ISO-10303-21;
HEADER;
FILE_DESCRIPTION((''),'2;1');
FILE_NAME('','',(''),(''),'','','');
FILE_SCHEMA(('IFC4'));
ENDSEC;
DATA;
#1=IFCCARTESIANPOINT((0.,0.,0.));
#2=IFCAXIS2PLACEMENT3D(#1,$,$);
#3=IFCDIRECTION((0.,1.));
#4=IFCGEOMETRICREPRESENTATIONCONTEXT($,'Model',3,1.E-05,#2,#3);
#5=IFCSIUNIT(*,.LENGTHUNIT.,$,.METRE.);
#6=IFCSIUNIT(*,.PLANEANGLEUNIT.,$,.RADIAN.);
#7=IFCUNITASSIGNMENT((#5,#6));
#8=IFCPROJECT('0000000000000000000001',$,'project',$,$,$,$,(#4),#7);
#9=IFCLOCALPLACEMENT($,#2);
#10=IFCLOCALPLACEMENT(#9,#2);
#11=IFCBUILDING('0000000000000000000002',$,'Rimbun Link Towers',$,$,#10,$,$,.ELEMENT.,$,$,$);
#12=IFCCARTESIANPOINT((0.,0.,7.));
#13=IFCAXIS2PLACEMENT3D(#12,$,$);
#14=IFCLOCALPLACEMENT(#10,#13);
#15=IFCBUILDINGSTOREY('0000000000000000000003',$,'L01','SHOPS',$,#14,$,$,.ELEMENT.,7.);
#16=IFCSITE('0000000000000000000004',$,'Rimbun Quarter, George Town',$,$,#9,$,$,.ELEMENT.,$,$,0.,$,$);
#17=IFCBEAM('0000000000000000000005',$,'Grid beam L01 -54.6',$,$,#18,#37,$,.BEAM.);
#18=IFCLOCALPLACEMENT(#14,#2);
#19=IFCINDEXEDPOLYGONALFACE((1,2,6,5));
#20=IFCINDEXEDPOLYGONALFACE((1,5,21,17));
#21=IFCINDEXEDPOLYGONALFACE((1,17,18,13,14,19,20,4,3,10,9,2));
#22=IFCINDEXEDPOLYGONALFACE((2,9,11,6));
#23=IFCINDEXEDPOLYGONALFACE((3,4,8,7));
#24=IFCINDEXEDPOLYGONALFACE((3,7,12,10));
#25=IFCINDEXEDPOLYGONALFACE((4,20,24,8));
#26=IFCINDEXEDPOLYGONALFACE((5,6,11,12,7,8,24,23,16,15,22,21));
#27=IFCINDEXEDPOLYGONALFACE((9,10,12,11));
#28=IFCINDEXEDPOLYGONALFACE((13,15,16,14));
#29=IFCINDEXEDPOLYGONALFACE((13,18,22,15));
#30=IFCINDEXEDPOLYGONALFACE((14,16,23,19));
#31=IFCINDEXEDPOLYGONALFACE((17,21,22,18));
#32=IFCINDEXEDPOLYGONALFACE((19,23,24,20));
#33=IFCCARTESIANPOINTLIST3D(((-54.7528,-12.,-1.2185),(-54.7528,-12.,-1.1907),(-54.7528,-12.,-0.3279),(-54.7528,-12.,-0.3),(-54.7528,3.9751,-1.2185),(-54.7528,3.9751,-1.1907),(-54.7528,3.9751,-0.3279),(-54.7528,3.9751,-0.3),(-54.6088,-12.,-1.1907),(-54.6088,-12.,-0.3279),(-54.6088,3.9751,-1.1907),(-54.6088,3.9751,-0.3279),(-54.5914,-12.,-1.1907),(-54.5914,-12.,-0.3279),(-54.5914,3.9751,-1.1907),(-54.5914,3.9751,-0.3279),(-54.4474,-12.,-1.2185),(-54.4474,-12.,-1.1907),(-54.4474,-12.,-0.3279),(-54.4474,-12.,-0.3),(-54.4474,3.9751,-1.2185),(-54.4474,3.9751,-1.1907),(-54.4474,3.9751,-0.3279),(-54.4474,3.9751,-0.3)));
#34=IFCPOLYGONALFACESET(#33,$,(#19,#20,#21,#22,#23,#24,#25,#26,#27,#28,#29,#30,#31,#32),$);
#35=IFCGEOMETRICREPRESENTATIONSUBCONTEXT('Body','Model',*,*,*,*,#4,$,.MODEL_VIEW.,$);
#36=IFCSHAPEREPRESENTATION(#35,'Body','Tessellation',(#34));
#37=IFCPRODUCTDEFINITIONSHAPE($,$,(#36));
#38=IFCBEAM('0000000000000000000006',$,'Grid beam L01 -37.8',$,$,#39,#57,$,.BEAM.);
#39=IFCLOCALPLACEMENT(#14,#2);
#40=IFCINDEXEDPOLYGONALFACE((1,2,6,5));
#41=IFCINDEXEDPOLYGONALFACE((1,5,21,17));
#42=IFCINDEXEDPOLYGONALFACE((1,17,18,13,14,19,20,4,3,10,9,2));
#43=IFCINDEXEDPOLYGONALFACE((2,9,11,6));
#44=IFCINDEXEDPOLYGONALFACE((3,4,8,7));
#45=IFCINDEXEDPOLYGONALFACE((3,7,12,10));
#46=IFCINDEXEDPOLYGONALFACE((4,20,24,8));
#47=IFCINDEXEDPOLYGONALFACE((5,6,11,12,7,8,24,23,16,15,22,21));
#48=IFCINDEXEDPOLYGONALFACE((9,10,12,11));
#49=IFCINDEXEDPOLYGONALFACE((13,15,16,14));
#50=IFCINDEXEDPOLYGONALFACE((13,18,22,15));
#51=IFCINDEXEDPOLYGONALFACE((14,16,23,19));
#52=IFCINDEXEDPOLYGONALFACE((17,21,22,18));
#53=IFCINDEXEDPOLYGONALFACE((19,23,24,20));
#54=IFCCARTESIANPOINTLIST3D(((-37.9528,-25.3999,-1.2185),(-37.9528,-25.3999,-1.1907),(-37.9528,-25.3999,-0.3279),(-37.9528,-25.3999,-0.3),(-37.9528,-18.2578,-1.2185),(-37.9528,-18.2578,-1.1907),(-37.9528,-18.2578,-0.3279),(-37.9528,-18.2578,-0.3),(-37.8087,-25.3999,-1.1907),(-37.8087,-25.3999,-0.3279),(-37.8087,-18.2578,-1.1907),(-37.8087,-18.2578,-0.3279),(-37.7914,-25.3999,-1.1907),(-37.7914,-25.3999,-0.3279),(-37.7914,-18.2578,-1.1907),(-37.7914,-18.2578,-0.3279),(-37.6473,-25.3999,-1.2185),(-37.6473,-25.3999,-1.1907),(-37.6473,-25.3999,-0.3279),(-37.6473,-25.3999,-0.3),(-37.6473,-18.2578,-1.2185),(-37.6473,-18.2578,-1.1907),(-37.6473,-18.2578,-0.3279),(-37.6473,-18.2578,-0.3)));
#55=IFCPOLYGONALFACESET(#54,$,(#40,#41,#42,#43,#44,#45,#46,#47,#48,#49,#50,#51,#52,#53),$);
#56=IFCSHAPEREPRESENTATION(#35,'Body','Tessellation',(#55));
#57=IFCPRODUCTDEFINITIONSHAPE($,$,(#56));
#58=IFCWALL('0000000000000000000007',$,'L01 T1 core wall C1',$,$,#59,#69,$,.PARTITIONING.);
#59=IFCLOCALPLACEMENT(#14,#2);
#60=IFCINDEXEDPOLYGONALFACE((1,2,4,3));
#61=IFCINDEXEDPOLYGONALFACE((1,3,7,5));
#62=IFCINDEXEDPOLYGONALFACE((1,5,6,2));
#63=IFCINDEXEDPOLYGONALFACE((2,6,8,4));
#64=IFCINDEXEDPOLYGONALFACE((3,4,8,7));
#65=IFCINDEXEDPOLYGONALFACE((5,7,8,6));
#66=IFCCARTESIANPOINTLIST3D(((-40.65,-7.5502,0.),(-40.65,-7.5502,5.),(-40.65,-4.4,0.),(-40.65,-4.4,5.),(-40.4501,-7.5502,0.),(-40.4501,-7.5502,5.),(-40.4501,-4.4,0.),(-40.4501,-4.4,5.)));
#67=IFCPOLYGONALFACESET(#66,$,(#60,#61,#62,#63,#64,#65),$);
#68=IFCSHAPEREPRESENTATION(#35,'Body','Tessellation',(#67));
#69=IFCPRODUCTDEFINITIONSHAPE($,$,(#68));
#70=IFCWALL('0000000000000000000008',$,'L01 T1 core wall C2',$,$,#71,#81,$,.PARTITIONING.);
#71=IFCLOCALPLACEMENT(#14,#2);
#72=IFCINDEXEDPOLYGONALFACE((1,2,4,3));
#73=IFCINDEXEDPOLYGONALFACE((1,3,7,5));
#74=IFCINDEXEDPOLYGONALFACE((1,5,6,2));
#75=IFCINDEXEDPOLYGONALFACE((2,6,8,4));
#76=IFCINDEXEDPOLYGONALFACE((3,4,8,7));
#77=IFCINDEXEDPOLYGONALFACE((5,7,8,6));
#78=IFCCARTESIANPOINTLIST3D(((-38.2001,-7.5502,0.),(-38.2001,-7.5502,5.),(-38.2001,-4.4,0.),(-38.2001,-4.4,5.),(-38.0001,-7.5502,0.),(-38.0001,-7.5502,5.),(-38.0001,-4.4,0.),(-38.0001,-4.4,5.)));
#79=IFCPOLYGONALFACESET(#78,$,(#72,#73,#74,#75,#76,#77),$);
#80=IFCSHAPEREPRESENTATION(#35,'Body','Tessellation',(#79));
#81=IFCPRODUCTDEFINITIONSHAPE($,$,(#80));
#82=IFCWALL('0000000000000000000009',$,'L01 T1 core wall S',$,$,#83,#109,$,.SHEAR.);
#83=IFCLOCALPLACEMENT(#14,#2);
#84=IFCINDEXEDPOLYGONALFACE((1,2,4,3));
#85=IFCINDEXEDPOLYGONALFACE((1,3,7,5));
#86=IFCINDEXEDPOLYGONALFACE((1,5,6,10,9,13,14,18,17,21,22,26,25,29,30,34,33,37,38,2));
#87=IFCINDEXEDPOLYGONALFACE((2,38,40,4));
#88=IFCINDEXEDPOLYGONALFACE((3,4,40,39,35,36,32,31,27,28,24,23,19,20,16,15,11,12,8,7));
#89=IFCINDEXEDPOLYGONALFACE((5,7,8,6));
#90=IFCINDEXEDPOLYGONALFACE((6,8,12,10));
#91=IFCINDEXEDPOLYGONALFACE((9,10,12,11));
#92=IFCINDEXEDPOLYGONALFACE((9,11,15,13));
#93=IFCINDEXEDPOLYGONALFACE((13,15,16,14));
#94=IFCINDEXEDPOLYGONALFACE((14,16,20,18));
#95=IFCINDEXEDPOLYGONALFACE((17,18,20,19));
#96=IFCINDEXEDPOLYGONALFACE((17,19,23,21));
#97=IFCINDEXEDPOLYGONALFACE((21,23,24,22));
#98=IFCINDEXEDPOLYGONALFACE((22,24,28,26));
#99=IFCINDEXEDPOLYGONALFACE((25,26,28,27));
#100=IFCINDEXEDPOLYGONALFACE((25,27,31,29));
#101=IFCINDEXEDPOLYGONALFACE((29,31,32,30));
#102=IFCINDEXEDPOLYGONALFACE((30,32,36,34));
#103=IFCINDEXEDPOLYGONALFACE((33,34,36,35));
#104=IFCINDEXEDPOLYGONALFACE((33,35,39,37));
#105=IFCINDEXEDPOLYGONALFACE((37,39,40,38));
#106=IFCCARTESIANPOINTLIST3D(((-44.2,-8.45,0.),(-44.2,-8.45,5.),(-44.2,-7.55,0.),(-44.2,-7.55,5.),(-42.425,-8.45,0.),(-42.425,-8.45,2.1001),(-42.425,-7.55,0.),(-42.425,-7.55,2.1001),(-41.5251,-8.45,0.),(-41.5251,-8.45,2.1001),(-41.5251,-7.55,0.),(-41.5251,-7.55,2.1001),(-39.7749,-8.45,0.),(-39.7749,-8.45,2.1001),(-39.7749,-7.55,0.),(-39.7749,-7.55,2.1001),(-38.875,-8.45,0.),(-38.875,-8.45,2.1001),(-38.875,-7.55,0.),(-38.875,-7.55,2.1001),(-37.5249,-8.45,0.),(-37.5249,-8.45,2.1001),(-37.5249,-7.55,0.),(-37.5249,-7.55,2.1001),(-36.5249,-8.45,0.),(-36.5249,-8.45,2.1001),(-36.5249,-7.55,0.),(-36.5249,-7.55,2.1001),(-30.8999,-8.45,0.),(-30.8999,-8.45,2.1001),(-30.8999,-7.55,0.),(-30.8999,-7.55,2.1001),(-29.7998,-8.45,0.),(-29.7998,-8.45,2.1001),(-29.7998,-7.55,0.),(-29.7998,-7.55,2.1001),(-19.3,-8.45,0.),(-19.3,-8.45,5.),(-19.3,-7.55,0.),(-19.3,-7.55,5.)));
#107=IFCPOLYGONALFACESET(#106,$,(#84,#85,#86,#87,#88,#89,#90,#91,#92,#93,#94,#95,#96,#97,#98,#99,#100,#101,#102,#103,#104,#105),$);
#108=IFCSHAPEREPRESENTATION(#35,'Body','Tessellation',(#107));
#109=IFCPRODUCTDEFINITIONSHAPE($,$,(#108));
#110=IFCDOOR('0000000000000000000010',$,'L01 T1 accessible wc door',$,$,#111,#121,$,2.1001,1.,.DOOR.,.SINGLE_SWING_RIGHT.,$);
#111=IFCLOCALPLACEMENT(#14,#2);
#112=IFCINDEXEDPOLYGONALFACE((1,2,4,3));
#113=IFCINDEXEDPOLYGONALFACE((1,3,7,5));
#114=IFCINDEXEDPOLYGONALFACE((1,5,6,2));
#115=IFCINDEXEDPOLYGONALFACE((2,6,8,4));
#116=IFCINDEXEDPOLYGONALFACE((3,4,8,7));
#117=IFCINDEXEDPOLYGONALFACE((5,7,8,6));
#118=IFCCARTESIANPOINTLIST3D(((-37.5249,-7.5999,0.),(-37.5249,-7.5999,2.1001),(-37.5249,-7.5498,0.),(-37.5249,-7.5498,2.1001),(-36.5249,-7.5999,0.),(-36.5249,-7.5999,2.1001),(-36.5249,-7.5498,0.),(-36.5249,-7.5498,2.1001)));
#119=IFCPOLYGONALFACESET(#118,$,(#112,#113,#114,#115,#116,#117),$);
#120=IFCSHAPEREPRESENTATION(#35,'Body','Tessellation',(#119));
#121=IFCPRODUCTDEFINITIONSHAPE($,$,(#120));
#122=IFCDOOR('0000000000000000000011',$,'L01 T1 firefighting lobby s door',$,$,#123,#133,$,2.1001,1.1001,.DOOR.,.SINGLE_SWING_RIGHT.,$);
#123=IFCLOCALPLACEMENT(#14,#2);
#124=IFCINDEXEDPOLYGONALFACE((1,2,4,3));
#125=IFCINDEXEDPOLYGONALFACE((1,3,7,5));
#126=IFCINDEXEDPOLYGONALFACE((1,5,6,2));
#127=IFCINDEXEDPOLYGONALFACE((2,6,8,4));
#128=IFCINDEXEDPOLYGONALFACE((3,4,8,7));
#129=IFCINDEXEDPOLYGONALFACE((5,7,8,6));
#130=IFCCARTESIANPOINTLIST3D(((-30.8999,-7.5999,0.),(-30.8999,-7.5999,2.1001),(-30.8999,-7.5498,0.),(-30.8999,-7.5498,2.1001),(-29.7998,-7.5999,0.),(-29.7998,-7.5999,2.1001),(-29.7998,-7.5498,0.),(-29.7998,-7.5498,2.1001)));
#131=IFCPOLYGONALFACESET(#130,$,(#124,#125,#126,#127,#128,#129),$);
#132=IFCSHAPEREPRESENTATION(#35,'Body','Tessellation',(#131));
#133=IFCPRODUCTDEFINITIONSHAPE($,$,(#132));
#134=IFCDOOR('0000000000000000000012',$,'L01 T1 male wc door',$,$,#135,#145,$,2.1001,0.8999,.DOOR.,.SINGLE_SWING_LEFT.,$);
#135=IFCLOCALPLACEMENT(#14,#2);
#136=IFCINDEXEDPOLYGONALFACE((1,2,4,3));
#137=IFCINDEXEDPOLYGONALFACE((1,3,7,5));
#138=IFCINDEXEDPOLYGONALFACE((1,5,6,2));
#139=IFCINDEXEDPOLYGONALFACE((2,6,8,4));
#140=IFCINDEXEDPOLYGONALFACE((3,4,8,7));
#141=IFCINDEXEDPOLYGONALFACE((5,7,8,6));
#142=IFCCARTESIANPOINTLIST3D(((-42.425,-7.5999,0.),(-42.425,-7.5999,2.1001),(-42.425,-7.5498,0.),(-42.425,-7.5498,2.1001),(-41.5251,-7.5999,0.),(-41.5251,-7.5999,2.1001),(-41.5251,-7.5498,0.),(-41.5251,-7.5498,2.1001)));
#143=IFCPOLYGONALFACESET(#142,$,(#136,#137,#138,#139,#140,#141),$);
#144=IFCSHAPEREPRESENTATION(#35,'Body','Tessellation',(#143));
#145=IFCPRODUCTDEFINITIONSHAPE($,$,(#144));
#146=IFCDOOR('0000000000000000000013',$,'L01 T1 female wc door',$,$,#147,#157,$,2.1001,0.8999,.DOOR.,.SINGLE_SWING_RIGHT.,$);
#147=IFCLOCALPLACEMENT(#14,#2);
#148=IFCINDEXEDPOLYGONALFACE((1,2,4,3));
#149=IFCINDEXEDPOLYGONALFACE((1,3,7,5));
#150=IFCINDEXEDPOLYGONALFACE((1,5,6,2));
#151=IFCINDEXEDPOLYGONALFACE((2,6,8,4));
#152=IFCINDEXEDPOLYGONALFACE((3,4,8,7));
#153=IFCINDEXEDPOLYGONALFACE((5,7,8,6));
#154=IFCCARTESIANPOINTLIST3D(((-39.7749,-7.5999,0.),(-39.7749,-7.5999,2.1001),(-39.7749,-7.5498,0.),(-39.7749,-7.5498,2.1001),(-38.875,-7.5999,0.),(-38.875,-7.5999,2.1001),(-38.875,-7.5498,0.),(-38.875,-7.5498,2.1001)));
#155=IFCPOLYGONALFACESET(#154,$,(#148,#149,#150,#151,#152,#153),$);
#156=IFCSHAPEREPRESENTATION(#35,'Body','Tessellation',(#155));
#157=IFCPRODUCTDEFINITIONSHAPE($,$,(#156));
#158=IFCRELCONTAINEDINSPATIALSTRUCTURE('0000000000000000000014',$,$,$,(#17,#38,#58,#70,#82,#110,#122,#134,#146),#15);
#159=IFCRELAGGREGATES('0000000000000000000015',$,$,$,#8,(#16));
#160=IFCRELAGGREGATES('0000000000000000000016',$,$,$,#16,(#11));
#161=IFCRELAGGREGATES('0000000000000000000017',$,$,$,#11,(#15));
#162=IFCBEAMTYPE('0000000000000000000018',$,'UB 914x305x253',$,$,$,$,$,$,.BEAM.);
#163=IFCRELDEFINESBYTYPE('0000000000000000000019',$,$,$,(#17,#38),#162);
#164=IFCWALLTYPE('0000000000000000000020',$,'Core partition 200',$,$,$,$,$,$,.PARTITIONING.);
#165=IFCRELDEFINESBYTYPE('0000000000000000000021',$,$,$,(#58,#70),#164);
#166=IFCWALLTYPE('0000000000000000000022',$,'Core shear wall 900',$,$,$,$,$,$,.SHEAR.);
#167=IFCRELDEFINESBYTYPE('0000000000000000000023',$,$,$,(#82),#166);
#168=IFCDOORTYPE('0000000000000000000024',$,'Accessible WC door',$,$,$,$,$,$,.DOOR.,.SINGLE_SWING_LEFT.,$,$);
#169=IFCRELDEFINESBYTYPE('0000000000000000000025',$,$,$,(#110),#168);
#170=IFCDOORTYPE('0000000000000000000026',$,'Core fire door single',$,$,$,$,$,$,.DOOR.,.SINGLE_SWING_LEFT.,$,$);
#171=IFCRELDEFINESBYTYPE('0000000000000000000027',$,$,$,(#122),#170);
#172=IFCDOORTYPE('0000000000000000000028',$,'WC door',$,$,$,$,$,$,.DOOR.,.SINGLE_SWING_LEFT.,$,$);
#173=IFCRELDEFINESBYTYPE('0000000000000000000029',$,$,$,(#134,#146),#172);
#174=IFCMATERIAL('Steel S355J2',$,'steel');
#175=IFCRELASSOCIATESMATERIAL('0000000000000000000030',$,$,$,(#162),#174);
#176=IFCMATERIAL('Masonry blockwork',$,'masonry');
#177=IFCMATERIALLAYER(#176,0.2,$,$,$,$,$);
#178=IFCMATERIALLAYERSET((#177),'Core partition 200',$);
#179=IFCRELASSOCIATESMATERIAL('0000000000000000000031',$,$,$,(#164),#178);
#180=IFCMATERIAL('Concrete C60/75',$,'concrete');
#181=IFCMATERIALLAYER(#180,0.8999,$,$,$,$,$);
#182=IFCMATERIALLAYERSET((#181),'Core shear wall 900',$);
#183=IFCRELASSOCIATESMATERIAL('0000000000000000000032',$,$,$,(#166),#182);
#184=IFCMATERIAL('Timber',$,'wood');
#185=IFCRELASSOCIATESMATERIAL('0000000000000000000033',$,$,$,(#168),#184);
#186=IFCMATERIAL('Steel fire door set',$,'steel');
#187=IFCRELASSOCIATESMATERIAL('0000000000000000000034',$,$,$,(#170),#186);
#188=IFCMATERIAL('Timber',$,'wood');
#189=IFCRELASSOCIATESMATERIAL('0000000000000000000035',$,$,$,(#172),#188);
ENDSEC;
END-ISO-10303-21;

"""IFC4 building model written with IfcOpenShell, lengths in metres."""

from ifc_helpers import new_model, si_unit, direction, frame, frame_2d, origin, origin_2d, place, context, subcontext, project, spatial, rectangle, i_section, extrude, material, layer, layer_set, material_profile, profile_set, type_object, element, fill, save


model = new_model("IFC4")

# Units and contexts
model_context = context("Model", 3, precision=1e-05, world=origin(), true_north=direction((0.0, 1.0)))
body_context = subcontext(model_context, "Body", "Model", "MODEL_VIEW")
ifc_project = project(units=[si_unit("LENGTHUNIT", "METRE"), si_unit("PLANEANGLEUNIT", "RADIAN")], contexts=[model_context])

# Site, building, storey
site_placement = place(None, origin())
site = spatial("IfcSite", under=ifc_project, at=site_placement, Name="Rimbun Quarter, George Town", CompositionType="ELEMENT", RefElevation=0.0)
building_placement = place(site_placement, origin())
building = spatial("IfcBuilding", under=site, at=building_placement, Name="Rimbun Link Towers", CompositionType="ELEMENT")
storey_placement = place(building_placement, frame((0.0, 0.0, 7.0)))
storey = spatial("IfcBuildingStorey", under=building, at=storey_placement, Name="L01", Description="SHOPS", CompositionType="ELEMENT", Elevation=7.0)

# Beams
ifc_material_1 = material(Name="Steel S355J2", Category="steel")
ifc_material_profile_1 = material_profile(ifc_material_1, i_section(OverallWidth=0.3054, OverallDepth=0.9185, WebThickness=0.0173, FlangeThickness=0.0278, at=origin_2d()), Name="UB 914x305x253")
ifc_profile_set_1 = profile_set([ifc_material_profile_1], Name="Steel S355J2")
beam_type_1 = type_object("IfcBeamType", Name="UB 914x305x253", PredefinedType="BEAM", material=ifc_profile_set_1)
beam_1_placement = place(storey_placement, frame((-54.6001, -12.0, -0.7593), z_axis=(0.0, 1.0, 0.0), x_axis=(-1.0, 0.0, 0.0)))
element("IfcBeam", 1, at=beam_1_placement, inside=storey, type_object=beam_type_1, Name="Grid beam L01 -54.6", PredefinedType="BEAM", context=body_context, shape_type="SweptSolid", body=[
    extrude(i_section(OverallWidth=0.3054, OverallDepth=0.9185, WebThickness=0.0173, FlangeThickness=0.0278, at=origin_2d()), origin(), (0.0, 0.0, 1.0), 15.9751),
])
beam_2_placement = place(storey_placement, frame((-37.8, -25.3999, -0.7593), z_axis=(0.0, 1.0, 0.0), x_axis=(-1.0, 0.0, 0.0)))
element("IfcBeam", 2, at=beam_2_placement, inside=storey, type_object=beam_type_1, Name="Grid beam L01 -37.8", PredefinedType="BEAM", context=body_context, shape_type="SweptSolid", body=[
    extrude(i_section(OverallWidth=0.3054, OverallDepth=0.9185, WebThickness=0.0173, FlangeThickness=0.0278, at=origin_2d()), origin(), (0.0, 0.0, 1.0), 7.1421),
])

# Walls
ifc_material_2 = material(Name="Masonry blockwork", Category="masonry")
ifc_layer_1 = layer(ifc_material_2, 0.2)
ifc_layer_set_1 = layer_set([ifc_layer_1], Name="Core partition 200")
wall_type_1 = type_object("IfcWallType", Name="Core partition 200", PredefinedType="PARTITIONING", material=ifc_layer_set_1)
for number, where, z_axis, x_axis, name in (
    (3, (-40.55, -4.3999, 0.0), (0.0, 0.0, 1.0), (0.0, -1.0, 0.0), "L01 T1 core wall C1"),
    (4, (-38.1001, -4.3999, 0.0), (0.0, 0.0, 1.0), (0.0, -1.0, 0.0), "L01 T1 core wall C2"),
):
    element("IfcWall", number, at=place(storey_placement, frame(where, z_axis=z_axis, x_axis=x_axis)), inside=storey, type_object=wall_type_1, Name=name, PredefinedType="PARTITIONING", context=body_context, shape_type="SweptSolid", body=[
        extrude(rectangle(XDim=3.1501, YDim=0.2, at=frame_2d((1.5752, 0.0))), origin(), (0.0, 0.0, 1.0), 5.0),
    ])

# Wall, openings, doors
ifc_material_3 = material(Name="Concrete C60/75", Category="concrete")
ifc_layer_2 = layer(ifc_material_3, 0.8999)
ifc_layer_set_2 = layer_set([ifc_layer_2], Name="Core shear wall 900")
wall_type_2 = type_object("IfcWallType", Name="Core shear wall 900", PredefinedType="SHEAR", material=ifc_layer_set_2)
wall_1_placement = place(storey_placement, frame((-44.2, -8.0, 0.0), z_axis=(0.0, 0.0, 1.0), x_axis=(1.0, 0.0, 0.0)))
wall_1 = element("IfcWall", 5, at=wall_1_placement, inside=storey, type_object=wall_type_2, Name="L01 T1 core wall S", PredefinedType="SHEAR", context=body_context, shape_type="SweptSolid", body=[
    extrude(rectangle(XDim=24.8999, YDim=0.8999, at=frame_2d((12.45, 0.0))), origin(), (0.0, 0.0, 1.0), 5.0),
])
opening_1_placement = place(wall_1_placement, frame((13.3, 0.0, 0.0)))
opening_1 = element("IfcOpeningElement", 6, at=opening_1_placement, cuts=wall_1, PredefinedType="OPENING", context=body_context, shape_type="SweptSolid", body=[
    extrude(rectangle(XDim=1.1001, YDim=2.1001, at=frame_2d((0.55, 1.05))), frame((0.0, 0.46, 0.0), z_axis=(0.0, -1.0, 0.0), x_axis=(1.0, 0.0, 0.0)), (0.0, 0.0, 1.0), 0.9199),
])
opening_2_placement = place(wall_1_placement, frame((1.7749, 0.0, 0.0)))
opening_2 = element("IfcOpeningElement", 7, at=opening_2_placement, cuts=wall_1, PredefinedType="OPENING", context=body_context, shape_type="SweptSolid", body=[
    extrude(rectangle(XDim=0.8999, YDim=2.1001, at=frame_2d((0.45, 1.05))), frame((0.0, 0.46, 0.0), z_axis=(0.0, -1.0, 0.0), x_axis=(1.0, 0.0, 0.0)), (0.0, 0.0, 1.0), 0.9199),
])
opening_3_placement = place(wall_1_placement, frame((4.425, 0.0, 0.0)))
opening_3 = element("IfcOpeningElement", 8, at=opening_3_placement, cuts=wall_1, PredefinedType="OPENING", context=body_context, shape_type="SweptSolid", body=[
    extrude(rectangle(XDim=0.8999, YDim=2.1001, at=frame_2d((0.45, 1.05))), frame((0.0, 0.46, 0.0), z_axis=(0.0, -1.0, 0.0), x_axis=(1.0, 0.0, 0.0)), (0.0, 0.0, 1.0), 0.9199),
])
opening_4_placement = place(wall_1_placement, frame((6.675, 0.0, 0.0)))
opening_4 = element("IfcOpeningElement", 9, at=opening_4_placement, cuts=wall_1, PredefinedType="OPENING", context=body_context, shape_type="SweptSolid", body=[
    extrude(rectangle(XDim=1.0, YDim=2.1001, at=frame_2d((0.5, 1.05))), frame((0.0, 0.46, 0.0), z_axis=(0.0, -1.0, 0.0), x_axis=(1.0, 0.0, 0.0)), (0.0, 0.0, 1.0), 0.9199),
])
ifc_material_4 = material(Name="Timber", Category="wood")
door_type_1 = type_object("IfcDoorType", Name="Accessible WC door", OperationType="SINGLE_SWING_LEFT", PredefinedType="DOOR", material=ifc_material_4)
door_1_placement = place(opening_4_placement, origin())
door_1 = element("IfcDoor", 10, at=door_1_placement, inside=storey, type_object=door_type_1, Name="L01 T1 accessible wc door", OperationType="SINGLE_SWING_RIGHT", OverallHeight=2.1001, OverallWidth=1.0, PredefinedType="DOOR", context=body_context, shape_type="SweptSolid", body=[
    extrude(rectangle(XDim=1.0, YDim=2.1001, at=frame_2d((0.5, 1.05))), frame((0.0, 0.4502, 0.0), z_axis=(0.0, -1.0, 0.0), x_axis=(1.0, 0.0, 0.0)), (0.0, 0.0, 1.0), 0.05),
])
fill(opening_4, door_1)
ifc_material_5 = material(Name="Steel fire door set", Category="steel")
door_type_2 = type_object("IfcDoorType", Name="Core fire door single", OperationType="SINGLE_SWING_LEFT", PredefinedType="DOOR", material=ifc_material_5)
door_2_placement = place(opening_1_placement, origin())
door_2 = element("IfcDoor", 11, at=door_2_placement, inside=storey, type_object=door_type_2, Name="L01 T1 firefighting lobby s door", OperationType="SINGLE_SWING_RIGHT", OverallHeight=2.1001, OverallWidth=1.1001, PredefinedType="DOOR", context=body_context, shape_type="SweptSolid", body=[
    extrude(rectangle(XDim=1.1001, YDim=2.1001, at=frame_2d((0.55, 1.05))), frame((0.0, 0.4502, 0.0), z_axis=(0.0, -1.0, 0.0), x_axis=(1.0, 0.0, 0.0)), (0.0, 0.0, 1.0), 0.05),
])
fill(opening_1, door_2)
ifc_material_6 = material(Name="Timber", Category="wood")
door_type_3 = type_object("IfcDoorType", Name="WC door", OperationType="SINGLE_SWING_LEFT", PredefinedType="DOOR", material=ifc_material_6)
door_3_placement = place(opening_2_placement, origin())
door_3 = element("IfcDoor", 12, at=door_3_placement, inside=storey, type_object=door_type_3, Name="L01 T1 male wc door", OperationType="SINGLE_SWING_LEFT", OverallHeight=2.1001, OverallWidth=0.8999, PredefinedType="DOOR", context=body_context, shape_type="SweptSolid", body=[
    extrude(rectangle(XDim=0.8999, YDim=2.1001, at=frame_2d((0.45, 1.05))), frame((0.0, 0.4502, 0.0), z_axis=(0.0, -1.0, 0.0), x_axis=(1.0, 0.0, 0.0)), (0.0, 0.0, 1.0), 0.05),
])
fill(opening_2, door_3)
door_4_placement = place(opening_3_placement, origin())
door_4 = element("IfcDoor", 13, at=door_4_placement, inside=storey, type_object=door_type_3, Name="L01 T1 female wc door", OperationType="SINGLE_SWING_RIGHT", OverallHeight=2.1001, OverallWidth=0.8999, PredefinedType="DOOR", context=body_context, shape_type="SweptSolid", body=[
    extrude(rectangle(XDim=0.8999, YDim=2.1001, at=frame_2d((0.45, 1.05))), frame((0.0, 0.4502, 0.0), z_axis=(0.0, -1.0, 0.0), x_axis=(1.0, 0.0, 0.0)), (0.0, 0.0, 1.0), 0.05),
])
fill(opening_3, door_4)

save(model, "model.ifc")
